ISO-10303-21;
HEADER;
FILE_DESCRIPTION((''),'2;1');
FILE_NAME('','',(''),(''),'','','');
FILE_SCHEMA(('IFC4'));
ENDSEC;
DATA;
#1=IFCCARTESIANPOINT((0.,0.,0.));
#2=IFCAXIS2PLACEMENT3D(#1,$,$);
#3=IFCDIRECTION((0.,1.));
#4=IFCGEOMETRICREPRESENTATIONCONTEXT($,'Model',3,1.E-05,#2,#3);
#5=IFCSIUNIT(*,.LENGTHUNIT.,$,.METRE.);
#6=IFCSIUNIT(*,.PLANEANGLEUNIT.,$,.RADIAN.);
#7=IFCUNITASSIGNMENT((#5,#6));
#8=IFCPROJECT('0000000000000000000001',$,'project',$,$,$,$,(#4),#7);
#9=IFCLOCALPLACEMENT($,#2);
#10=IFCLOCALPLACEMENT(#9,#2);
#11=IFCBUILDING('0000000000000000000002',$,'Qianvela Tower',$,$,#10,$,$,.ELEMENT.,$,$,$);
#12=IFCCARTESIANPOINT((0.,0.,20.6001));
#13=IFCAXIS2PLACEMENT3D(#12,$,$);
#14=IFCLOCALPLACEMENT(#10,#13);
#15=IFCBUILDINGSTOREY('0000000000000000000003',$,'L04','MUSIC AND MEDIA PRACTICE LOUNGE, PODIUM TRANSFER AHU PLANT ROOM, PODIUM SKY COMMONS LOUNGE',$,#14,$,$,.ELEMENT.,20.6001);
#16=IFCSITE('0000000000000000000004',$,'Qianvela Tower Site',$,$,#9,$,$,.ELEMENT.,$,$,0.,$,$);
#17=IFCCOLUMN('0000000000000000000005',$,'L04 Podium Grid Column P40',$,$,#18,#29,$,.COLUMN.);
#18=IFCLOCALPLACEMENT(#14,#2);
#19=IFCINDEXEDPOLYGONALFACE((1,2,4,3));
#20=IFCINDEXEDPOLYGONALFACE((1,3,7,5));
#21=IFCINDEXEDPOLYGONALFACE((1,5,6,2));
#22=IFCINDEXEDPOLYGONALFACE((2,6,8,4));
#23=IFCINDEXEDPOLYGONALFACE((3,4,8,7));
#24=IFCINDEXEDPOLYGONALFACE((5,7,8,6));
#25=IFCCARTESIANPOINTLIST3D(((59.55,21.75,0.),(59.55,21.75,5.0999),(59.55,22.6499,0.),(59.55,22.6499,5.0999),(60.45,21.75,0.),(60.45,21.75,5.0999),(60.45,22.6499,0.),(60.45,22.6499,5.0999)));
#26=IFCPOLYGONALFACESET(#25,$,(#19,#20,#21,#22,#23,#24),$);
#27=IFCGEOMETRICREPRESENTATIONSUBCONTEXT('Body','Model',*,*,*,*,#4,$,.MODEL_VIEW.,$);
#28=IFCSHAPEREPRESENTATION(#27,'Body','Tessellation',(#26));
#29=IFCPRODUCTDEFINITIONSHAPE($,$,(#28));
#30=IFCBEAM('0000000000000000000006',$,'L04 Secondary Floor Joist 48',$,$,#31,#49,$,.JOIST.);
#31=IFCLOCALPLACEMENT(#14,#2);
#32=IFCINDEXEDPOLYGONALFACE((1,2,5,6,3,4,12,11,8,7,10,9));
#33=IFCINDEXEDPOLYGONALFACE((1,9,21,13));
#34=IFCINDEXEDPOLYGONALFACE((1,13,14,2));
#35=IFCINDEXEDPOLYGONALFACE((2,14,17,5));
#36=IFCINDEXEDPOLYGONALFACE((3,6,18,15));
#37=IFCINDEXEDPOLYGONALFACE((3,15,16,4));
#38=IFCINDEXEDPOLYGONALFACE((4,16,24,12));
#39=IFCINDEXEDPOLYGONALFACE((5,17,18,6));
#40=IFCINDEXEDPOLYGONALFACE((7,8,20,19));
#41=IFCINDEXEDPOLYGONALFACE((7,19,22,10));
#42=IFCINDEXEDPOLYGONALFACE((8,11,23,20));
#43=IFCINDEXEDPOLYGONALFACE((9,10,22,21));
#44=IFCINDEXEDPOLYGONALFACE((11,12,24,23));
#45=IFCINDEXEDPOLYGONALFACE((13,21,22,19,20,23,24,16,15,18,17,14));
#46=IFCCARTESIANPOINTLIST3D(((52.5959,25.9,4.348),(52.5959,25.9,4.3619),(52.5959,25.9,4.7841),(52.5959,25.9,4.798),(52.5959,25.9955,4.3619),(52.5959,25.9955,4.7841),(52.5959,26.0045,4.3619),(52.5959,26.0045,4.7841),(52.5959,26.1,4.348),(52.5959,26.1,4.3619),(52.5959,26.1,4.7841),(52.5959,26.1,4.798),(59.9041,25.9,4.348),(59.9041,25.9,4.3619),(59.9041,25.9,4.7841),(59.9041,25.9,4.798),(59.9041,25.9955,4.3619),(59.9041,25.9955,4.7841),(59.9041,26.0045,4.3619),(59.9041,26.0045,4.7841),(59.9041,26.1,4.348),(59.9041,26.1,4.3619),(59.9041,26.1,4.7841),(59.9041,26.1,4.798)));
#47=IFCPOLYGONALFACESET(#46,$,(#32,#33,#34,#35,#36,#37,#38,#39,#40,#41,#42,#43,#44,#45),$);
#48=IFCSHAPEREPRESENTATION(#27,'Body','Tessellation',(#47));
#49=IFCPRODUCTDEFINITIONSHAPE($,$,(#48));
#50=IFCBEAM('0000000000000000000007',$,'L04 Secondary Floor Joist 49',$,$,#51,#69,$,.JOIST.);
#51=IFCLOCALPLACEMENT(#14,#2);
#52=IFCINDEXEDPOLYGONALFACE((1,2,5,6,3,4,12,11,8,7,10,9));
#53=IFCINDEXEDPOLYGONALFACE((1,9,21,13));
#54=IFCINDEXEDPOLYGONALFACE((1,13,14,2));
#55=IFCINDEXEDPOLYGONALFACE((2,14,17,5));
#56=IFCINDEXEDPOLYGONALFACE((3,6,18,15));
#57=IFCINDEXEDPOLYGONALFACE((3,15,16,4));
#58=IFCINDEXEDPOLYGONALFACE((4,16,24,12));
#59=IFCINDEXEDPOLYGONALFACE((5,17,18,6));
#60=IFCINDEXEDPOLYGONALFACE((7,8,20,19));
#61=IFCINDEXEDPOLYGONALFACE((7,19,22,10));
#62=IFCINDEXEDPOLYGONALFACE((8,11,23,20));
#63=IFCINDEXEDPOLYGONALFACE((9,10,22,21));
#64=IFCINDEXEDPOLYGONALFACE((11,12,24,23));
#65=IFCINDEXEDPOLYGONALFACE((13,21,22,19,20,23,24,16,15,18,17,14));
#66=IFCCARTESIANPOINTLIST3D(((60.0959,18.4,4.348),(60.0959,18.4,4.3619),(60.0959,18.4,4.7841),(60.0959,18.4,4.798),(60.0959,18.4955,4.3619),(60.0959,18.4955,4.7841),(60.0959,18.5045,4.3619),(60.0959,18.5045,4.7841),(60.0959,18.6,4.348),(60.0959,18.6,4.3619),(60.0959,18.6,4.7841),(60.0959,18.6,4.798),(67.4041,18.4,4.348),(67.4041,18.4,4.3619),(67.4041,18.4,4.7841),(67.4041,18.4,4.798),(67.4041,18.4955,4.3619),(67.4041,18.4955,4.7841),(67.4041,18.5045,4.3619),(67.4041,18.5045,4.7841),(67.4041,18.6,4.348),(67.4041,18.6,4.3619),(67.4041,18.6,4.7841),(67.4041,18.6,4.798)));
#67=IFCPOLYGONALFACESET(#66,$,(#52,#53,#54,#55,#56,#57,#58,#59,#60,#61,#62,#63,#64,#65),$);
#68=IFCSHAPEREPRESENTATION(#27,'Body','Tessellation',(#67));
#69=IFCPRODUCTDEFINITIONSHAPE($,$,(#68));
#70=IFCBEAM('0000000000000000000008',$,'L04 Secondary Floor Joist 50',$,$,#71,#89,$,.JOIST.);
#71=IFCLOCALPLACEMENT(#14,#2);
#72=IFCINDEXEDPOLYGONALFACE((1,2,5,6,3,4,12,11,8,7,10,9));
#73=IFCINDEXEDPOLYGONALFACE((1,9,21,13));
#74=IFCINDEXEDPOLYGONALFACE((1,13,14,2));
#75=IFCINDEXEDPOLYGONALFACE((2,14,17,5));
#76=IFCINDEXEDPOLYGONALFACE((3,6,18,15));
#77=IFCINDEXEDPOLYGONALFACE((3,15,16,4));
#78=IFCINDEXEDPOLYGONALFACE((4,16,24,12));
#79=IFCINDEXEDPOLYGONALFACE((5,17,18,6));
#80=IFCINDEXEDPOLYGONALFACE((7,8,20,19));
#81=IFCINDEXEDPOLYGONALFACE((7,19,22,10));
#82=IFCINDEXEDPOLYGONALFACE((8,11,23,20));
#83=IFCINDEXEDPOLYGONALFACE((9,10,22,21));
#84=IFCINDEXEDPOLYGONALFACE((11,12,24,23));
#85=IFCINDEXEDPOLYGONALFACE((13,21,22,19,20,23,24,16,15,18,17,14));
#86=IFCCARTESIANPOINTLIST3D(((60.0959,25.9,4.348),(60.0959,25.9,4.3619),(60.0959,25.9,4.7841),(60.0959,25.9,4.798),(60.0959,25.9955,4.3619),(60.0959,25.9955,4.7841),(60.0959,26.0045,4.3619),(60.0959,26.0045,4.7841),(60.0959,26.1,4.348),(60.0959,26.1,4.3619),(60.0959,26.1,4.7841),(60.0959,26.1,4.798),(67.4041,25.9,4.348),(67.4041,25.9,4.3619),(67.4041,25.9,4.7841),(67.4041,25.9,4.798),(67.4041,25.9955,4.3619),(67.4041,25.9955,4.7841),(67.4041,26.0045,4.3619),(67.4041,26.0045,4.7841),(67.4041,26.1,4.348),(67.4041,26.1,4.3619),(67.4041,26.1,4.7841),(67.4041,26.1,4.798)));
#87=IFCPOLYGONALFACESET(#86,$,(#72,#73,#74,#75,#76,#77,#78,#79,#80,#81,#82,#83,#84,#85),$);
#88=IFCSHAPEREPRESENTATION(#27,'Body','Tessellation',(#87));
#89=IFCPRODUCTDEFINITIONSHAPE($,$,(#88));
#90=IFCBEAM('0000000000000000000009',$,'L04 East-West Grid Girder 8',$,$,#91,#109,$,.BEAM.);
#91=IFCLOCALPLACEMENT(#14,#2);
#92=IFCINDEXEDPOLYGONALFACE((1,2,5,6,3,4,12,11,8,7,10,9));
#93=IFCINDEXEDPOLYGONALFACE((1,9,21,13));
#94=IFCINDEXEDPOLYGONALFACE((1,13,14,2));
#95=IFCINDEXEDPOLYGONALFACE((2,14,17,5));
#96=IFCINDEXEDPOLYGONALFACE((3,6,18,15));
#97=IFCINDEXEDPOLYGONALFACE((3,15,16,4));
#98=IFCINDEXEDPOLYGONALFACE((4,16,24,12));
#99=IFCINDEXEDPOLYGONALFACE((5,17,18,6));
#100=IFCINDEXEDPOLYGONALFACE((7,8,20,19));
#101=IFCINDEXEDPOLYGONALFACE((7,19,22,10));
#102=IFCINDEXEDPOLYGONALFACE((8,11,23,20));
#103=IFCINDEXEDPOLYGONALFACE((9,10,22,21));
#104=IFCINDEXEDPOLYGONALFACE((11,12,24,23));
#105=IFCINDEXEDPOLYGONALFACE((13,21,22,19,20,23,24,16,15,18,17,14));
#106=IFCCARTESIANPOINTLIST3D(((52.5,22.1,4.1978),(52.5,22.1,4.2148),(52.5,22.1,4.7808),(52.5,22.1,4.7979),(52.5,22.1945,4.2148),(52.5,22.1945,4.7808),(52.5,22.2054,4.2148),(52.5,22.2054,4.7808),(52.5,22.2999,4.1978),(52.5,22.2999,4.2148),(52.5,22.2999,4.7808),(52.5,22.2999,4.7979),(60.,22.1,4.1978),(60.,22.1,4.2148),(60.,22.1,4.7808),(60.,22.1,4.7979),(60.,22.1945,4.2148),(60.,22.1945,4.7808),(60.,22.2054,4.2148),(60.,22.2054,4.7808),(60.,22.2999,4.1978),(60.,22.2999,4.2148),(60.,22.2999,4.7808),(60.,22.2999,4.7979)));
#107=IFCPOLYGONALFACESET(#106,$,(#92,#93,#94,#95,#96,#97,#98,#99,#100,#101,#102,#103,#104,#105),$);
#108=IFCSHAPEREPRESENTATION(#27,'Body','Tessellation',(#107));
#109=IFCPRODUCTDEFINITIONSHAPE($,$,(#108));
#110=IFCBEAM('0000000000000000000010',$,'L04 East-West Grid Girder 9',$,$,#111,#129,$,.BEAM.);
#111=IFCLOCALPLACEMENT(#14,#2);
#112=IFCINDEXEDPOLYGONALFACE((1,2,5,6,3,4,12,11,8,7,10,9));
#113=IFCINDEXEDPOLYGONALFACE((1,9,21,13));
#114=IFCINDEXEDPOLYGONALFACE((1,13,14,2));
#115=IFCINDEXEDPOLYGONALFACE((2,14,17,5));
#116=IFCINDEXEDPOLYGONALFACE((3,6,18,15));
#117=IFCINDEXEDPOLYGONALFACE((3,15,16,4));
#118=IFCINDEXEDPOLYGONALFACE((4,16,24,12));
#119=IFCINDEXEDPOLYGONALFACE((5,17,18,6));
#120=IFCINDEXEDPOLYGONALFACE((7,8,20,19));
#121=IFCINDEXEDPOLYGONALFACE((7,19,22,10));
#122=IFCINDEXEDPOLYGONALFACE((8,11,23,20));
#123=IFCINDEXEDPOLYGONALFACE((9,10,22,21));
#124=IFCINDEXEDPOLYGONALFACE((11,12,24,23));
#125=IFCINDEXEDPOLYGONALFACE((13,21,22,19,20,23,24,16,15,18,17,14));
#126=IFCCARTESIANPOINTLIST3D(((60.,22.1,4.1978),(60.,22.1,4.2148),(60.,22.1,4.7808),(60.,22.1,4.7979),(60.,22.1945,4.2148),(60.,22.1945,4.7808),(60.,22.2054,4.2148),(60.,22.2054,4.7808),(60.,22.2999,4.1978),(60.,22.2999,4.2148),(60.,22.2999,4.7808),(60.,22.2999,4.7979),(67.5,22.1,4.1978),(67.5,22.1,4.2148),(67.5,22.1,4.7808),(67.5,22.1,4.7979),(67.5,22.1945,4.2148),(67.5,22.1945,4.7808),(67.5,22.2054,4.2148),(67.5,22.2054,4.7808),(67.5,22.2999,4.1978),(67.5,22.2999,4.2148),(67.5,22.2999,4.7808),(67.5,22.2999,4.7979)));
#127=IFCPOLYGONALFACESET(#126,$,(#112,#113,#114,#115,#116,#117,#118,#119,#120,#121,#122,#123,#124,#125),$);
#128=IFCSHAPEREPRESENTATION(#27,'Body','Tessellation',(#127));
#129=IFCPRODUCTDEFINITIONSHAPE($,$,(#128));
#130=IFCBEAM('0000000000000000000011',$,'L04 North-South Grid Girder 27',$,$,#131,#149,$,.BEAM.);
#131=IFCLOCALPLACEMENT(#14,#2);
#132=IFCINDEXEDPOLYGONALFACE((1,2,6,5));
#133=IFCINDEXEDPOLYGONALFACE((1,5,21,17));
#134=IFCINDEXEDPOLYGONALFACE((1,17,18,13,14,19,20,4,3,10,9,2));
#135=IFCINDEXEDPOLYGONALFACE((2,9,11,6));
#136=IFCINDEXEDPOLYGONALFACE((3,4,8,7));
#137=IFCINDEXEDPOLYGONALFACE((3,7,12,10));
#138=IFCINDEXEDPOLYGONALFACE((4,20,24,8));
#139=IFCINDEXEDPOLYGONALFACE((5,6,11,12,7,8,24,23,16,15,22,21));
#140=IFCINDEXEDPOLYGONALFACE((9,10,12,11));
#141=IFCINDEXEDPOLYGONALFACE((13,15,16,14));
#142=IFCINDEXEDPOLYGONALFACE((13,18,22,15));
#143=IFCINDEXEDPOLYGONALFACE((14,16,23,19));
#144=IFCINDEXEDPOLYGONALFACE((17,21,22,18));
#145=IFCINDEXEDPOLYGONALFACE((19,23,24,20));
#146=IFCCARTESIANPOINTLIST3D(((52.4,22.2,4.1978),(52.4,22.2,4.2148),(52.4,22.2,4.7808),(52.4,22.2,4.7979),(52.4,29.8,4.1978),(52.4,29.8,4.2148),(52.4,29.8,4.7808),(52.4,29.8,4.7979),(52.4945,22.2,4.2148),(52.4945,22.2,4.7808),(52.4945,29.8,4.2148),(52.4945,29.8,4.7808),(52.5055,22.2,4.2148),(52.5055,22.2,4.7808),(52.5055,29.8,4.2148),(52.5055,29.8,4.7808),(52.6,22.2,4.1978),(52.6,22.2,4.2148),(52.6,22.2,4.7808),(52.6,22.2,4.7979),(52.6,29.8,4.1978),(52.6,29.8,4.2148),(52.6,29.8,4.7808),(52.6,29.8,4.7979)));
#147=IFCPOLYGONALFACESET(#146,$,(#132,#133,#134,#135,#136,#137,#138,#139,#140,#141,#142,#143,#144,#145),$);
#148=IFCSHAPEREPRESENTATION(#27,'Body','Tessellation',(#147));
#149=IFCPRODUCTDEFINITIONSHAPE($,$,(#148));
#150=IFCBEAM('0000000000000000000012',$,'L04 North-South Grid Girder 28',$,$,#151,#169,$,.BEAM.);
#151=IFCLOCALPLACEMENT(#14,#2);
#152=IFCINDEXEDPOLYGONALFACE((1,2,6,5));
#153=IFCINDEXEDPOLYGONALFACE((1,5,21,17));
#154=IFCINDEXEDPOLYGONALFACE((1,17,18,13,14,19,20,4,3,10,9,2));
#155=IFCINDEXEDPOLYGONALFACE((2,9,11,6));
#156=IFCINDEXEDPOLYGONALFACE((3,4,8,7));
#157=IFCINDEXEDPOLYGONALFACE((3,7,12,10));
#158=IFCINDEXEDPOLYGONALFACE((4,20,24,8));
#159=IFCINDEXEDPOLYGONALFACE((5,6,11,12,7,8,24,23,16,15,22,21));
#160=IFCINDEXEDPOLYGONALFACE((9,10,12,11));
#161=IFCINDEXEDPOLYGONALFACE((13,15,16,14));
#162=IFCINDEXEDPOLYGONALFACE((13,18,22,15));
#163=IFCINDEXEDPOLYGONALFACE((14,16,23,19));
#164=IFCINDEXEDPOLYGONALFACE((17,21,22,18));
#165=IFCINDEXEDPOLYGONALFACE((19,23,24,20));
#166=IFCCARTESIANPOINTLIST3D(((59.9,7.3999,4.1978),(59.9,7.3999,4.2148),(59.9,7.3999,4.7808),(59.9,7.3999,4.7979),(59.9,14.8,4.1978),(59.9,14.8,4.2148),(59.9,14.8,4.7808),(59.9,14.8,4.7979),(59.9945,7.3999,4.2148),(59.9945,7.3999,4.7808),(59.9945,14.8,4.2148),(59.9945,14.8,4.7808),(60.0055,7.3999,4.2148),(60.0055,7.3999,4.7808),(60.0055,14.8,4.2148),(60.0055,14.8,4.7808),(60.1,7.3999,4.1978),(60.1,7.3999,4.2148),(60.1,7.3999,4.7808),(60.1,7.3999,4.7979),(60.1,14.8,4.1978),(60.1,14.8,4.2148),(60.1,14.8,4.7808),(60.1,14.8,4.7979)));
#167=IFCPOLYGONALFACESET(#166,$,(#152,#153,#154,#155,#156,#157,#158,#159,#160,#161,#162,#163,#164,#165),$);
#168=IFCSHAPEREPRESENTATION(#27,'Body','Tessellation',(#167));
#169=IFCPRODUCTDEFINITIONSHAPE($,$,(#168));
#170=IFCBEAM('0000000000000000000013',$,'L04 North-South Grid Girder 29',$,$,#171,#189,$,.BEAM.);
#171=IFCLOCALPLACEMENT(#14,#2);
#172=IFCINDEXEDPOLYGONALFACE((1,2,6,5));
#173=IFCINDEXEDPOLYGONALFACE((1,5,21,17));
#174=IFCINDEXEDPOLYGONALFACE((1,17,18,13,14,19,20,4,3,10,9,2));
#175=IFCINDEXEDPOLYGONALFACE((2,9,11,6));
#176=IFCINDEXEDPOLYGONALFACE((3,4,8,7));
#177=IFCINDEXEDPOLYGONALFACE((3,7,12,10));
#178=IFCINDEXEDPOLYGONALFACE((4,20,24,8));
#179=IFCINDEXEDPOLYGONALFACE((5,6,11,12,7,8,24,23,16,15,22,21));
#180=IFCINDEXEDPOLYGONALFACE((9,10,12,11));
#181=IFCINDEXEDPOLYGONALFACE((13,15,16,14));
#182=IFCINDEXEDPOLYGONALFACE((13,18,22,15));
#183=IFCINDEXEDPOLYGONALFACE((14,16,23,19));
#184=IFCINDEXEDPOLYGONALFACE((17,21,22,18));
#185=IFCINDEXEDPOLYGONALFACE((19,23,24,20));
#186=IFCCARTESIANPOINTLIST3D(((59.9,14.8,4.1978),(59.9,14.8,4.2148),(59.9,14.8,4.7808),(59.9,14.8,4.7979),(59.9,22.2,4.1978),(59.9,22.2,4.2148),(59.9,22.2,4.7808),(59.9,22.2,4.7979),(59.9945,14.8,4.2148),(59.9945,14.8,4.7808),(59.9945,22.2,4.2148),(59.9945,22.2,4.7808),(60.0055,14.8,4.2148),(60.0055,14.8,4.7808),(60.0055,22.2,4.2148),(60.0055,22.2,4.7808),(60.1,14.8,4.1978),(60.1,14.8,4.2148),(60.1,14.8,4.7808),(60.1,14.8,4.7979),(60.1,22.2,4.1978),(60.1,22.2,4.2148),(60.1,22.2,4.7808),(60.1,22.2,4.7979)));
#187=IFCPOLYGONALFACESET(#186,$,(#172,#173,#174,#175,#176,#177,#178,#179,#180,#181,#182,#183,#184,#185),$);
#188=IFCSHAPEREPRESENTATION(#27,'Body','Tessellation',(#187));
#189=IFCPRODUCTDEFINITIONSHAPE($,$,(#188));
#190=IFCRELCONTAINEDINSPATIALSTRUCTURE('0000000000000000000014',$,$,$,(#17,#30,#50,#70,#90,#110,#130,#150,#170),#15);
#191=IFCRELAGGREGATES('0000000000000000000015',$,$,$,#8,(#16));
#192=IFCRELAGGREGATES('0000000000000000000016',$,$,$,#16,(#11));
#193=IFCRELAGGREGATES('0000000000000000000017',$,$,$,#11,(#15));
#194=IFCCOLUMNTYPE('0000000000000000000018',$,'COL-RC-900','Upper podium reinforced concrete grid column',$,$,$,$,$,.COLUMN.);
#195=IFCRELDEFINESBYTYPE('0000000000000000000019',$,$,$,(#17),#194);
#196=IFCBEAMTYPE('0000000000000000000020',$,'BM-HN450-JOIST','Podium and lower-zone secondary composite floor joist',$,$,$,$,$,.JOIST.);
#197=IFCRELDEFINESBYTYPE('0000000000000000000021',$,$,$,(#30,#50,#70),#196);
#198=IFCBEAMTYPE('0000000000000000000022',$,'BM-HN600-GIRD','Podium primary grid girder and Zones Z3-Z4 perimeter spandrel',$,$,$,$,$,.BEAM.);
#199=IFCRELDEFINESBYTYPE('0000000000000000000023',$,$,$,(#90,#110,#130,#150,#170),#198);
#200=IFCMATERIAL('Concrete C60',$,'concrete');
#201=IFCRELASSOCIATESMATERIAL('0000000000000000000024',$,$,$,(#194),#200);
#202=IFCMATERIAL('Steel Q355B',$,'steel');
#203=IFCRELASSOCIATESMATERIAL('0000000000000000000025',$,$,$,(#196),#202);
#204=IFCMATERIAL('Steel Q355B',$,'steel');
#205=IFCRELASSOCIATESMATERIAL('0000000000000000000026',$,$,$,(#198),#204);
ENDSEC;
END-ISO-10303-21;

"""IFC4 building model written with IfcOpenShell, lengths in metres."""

from ifc_helpers import new_model, si_unit, direction, frame, origin, origin_2d, place, context, subcontext, project, spatial, rectangle, i_section, extrude, material, material_profile, profile_set, type_object, element, save


model = new_model("IFC4")

# Units and contexts
model_context = context("Model", 3, precision=1e-05, world=origin(), true_north=direction((0.0, 1.0)))
body_context = subcontext(model_context, "Body", "Model", "MODEL_VIEW")
ifc_project = project(units=[si_unit("LENGTHUNIT", "METRE"), si_unit("PLANEANGLEUNIT", "RADIAN")], contexts=[model_context])

# Site, building, storey
site_placement = place(None, origin())
site = spatial("IfcSite", under=ifc_project, at=site_placement, Name="Qianvela Tower Site", CompositionType="ELEMENT", RefElevation=0.0)
building_placement = place(site_placement, origin())
building = spatial("IfcBuilding", under=site, at=building_placement, Name="Qianvela Tower", CompositionType="ELEMENT")
storey_placement = place(building_placement, frame((0.0, 0.0, 20.6001)))
storey = spatial("IfcBuildingStorey", under=building, at=storey_placement, Name="L04", Description="MUSIC AND MEDIA PRACTICE LOUNGE, PODIUM TRANSFER AHU PLANT ROOM, PODIUM SKY COMMONS LOUNGE", CompositionType="ELEMENT", Elevation=20.6001)

# Column
ifc_material_1 = material(Name="Concrete C60", Category="concrete")
ifc_material_profile_1 = material_profile(ifc_material_1, rectangle(XDim=0.8999, YDim=0.8999, at=origin_2d()), Name="RC-COL-900x900")
ifc_profile_set_1 = profile_set([ifc_material_profile_1], Name="Concrete C60")
column_type_1 = type_object("IfcColumnType", Name="COL-RC-900", Description="Upper podium reinforced concrete grid column", PredefinedType="COLUMN", material=ifc_profile_set_1)
for number, where, z_axis, x_axis, name in (
    (1, (60.0, 22.2, 0.0), (0.0, 0.0, 1.0), (1.0, 0.0, 0.0), "L04 Podium Grid Column P40"),
):
    element("IfcColumn", number, at=place(storey_placement, frame(where, z_axis=z_axis, x_axis=x_axis)), inside=storey, type_object=column_type_1, Name=name, PredefinedType="COLUMN", context=body_context, shape_type="SweptSolid", body=[
        extrude(rectangle(XDim=0.8999, YDim=0.8999, at=origin_2d()), origin(), (0.0, 0.0, 1.0), 5.0999),
    ])

# Beams
ifc_material_2 = material(Name="Steel Q355B", Category="steel")
ifc_material_profile_2 = material_profile(ifc_material_2, i_section(OverallWidth=0.2, OverallDepth=0.45, WebThickness=0.009, FlangeThickness=0.0139, at=origin_2d()), Name="HN450x200x9x14")
ifc_profile_set_2 = profile_set([ifc_material_profile_2], Name="Steel Q355B")
beam_type_1 = type_object("IfcBeamType", Name="BM-HN450-JOIST", Description="Podium and lower-zone secondary composite floor joist", PredefinedType="JOIST", material=ifc_profile_set_2)
for number, where, z_axis, x_axis, name in (
    (2, (52.5959, 26.0, 4.573), (1.0, 0.0, 0.0), (0.0, 1.0, 0.0), "L04 Secondary Floor Joist 48"),
    (3, (60.0959, 18.5, 4.573), (1.0, 0.0, 0.0), (0.0, 1.0, 0.0), "L04 Secondary Floor Joist 49"),
    (4, (60.0959, 26.0, 4.573), (1.0, 0.0, 0.0), (0.0, 1.0, 0.0), "L04 Secondary Floor Joist 50"),
):
    element("IfcBeam", number, at=place(storey_placement, frame(where, z_axis=z_axis, x_axis=x_axis)), inside=storey, type_object=beam_type_1, Name=name, PredefinedType="JOIST", context=body_context, shape_type="SweptSolid", body=[
        extrude(i_section(OverallWidth=0.2, OverallDepth=0.45, WebThickness=0.009, FlangeThickness=0.0139, at=origin_2d()), origin(), (0.0, 0.0, 1.0), 7.3081),
    ])
ifc_material_3 = material(Name="Steel Q355B", Category="steel")
ifc_material_profile_3 = material_profile(ifc_material_3, i_section(OverallWidth=0.2, OverallDepth=0.6001, WebThickness=0.011, FlangeThickness=0.0171, at=origin_2d()), Name="HN600x200x11x17")
ifc_profile_set_3 = profile_set([ifc_material_profile_3], Name="Steel Q355B")
beam_type_2 = type_object("IfcBeamType", Name="BM-HN600-GIRD", Description="Podium primary grid girder and Zones Z3-Z4 perimeter spandrel", PredefinedType="BEAM", material=ifc_profile_set_3)
for number, where, z_axis, x_axis, name in (
    (5, (52.5, 22.2, 4.4978), (1.0, 0.0, 0.0), (0.0, 1.0, 0.0), "L04 East-West Grid Girder 8"),
    (6, (60.0, 22.2, 4.4978), (1.0, 0.0, 0.0), (0.0, 1.0, 0.0), "L04 East-West Grid Girder 9"),
):
    element("IfcBeam", number, at=place(storey_placement, frame(where, z_axis=z_axis, x_axis=x_axis)), inside=storey, type_object=beam_type_2, Name=name, PredefinedType="BEAM", context=body_context, shape_type="SweptSolid", body=[
        extrude(i_section(OverallWidth=0.2, OverallDepth=0.6001, WebThickness=0.011, FlangeThickness=0.0171, at=origin_2d()), origin(), (0.0, 0.0, 1.0), 7.5),
    ])
beam_1_placement = place(storey_placement, frame((52.5, 22.2, 4.4978), z_axis=(0.0, 1.0, 0.0), x_axis=(-1.0, 0.0, 0.0)))
element("IfcBeam", 7, at=beam_1_placement, inside=storey, type_object=beam_type_2, Name="L04 North-South Grid Girder 27", PredefinedType="BEAM", context=body_context, shape_type="SweptSolid", body=[
    extrude(i_section(OverallWidth=0.2, OverallDepth=0.6001, WebThickness=0.011, FlangeThickness=0.0171, at=origin_2d()), origin(), (0.0, 0.0, 1.0), 7.6001),
])
beam_2_placement = place(storey_placement, frame((60.0, 7.3999, 4.4978), z_axis=(0.0, 1.0, 0.0), x_axis=(-1.0, 0.0, 0.0)))
element("IfcBeam", 8, at=beam_2_placement, inside=storey, type_object=beam_type_2, Name="L04 North-South Grid Girder 28", PredefinedType="BEAM", context=body_context, shape_type="SweptSolid", body=[
    extrude(i_section(OverallWidth=0.2, OverallDepth=0.6001, WebThickness=0.011, FlangeThickness=0.0171, at=origin_2d()), origin(), (0.0, 0.0, 1.0), 7.4001),
])
beam_3_placement = place(storey_placement, frame((60.0, 14.8, 4.4978), z_axis=(0.0, 1.0, 0.0), x_axis=(-1.0, 0.0, 0.0)))
element("IfcBeam", 9, at=beam_3_placement, inside=storey, type_object=beam_type_2, Name="L04 North-South Grid Girder 29", PredefinedType="BEAM", context=body_context, shape_type="SweptSolid", body=[
    extrude(i_section(OverallWidth=0.2, OverallDepth=0.6001, WebThickness=0.011, FlangeThickness=0.0171, at=origin_2d()), origin(), (0.0, 0.0, 1.0), 7.3999),
])

save(model, "model.ifc")
